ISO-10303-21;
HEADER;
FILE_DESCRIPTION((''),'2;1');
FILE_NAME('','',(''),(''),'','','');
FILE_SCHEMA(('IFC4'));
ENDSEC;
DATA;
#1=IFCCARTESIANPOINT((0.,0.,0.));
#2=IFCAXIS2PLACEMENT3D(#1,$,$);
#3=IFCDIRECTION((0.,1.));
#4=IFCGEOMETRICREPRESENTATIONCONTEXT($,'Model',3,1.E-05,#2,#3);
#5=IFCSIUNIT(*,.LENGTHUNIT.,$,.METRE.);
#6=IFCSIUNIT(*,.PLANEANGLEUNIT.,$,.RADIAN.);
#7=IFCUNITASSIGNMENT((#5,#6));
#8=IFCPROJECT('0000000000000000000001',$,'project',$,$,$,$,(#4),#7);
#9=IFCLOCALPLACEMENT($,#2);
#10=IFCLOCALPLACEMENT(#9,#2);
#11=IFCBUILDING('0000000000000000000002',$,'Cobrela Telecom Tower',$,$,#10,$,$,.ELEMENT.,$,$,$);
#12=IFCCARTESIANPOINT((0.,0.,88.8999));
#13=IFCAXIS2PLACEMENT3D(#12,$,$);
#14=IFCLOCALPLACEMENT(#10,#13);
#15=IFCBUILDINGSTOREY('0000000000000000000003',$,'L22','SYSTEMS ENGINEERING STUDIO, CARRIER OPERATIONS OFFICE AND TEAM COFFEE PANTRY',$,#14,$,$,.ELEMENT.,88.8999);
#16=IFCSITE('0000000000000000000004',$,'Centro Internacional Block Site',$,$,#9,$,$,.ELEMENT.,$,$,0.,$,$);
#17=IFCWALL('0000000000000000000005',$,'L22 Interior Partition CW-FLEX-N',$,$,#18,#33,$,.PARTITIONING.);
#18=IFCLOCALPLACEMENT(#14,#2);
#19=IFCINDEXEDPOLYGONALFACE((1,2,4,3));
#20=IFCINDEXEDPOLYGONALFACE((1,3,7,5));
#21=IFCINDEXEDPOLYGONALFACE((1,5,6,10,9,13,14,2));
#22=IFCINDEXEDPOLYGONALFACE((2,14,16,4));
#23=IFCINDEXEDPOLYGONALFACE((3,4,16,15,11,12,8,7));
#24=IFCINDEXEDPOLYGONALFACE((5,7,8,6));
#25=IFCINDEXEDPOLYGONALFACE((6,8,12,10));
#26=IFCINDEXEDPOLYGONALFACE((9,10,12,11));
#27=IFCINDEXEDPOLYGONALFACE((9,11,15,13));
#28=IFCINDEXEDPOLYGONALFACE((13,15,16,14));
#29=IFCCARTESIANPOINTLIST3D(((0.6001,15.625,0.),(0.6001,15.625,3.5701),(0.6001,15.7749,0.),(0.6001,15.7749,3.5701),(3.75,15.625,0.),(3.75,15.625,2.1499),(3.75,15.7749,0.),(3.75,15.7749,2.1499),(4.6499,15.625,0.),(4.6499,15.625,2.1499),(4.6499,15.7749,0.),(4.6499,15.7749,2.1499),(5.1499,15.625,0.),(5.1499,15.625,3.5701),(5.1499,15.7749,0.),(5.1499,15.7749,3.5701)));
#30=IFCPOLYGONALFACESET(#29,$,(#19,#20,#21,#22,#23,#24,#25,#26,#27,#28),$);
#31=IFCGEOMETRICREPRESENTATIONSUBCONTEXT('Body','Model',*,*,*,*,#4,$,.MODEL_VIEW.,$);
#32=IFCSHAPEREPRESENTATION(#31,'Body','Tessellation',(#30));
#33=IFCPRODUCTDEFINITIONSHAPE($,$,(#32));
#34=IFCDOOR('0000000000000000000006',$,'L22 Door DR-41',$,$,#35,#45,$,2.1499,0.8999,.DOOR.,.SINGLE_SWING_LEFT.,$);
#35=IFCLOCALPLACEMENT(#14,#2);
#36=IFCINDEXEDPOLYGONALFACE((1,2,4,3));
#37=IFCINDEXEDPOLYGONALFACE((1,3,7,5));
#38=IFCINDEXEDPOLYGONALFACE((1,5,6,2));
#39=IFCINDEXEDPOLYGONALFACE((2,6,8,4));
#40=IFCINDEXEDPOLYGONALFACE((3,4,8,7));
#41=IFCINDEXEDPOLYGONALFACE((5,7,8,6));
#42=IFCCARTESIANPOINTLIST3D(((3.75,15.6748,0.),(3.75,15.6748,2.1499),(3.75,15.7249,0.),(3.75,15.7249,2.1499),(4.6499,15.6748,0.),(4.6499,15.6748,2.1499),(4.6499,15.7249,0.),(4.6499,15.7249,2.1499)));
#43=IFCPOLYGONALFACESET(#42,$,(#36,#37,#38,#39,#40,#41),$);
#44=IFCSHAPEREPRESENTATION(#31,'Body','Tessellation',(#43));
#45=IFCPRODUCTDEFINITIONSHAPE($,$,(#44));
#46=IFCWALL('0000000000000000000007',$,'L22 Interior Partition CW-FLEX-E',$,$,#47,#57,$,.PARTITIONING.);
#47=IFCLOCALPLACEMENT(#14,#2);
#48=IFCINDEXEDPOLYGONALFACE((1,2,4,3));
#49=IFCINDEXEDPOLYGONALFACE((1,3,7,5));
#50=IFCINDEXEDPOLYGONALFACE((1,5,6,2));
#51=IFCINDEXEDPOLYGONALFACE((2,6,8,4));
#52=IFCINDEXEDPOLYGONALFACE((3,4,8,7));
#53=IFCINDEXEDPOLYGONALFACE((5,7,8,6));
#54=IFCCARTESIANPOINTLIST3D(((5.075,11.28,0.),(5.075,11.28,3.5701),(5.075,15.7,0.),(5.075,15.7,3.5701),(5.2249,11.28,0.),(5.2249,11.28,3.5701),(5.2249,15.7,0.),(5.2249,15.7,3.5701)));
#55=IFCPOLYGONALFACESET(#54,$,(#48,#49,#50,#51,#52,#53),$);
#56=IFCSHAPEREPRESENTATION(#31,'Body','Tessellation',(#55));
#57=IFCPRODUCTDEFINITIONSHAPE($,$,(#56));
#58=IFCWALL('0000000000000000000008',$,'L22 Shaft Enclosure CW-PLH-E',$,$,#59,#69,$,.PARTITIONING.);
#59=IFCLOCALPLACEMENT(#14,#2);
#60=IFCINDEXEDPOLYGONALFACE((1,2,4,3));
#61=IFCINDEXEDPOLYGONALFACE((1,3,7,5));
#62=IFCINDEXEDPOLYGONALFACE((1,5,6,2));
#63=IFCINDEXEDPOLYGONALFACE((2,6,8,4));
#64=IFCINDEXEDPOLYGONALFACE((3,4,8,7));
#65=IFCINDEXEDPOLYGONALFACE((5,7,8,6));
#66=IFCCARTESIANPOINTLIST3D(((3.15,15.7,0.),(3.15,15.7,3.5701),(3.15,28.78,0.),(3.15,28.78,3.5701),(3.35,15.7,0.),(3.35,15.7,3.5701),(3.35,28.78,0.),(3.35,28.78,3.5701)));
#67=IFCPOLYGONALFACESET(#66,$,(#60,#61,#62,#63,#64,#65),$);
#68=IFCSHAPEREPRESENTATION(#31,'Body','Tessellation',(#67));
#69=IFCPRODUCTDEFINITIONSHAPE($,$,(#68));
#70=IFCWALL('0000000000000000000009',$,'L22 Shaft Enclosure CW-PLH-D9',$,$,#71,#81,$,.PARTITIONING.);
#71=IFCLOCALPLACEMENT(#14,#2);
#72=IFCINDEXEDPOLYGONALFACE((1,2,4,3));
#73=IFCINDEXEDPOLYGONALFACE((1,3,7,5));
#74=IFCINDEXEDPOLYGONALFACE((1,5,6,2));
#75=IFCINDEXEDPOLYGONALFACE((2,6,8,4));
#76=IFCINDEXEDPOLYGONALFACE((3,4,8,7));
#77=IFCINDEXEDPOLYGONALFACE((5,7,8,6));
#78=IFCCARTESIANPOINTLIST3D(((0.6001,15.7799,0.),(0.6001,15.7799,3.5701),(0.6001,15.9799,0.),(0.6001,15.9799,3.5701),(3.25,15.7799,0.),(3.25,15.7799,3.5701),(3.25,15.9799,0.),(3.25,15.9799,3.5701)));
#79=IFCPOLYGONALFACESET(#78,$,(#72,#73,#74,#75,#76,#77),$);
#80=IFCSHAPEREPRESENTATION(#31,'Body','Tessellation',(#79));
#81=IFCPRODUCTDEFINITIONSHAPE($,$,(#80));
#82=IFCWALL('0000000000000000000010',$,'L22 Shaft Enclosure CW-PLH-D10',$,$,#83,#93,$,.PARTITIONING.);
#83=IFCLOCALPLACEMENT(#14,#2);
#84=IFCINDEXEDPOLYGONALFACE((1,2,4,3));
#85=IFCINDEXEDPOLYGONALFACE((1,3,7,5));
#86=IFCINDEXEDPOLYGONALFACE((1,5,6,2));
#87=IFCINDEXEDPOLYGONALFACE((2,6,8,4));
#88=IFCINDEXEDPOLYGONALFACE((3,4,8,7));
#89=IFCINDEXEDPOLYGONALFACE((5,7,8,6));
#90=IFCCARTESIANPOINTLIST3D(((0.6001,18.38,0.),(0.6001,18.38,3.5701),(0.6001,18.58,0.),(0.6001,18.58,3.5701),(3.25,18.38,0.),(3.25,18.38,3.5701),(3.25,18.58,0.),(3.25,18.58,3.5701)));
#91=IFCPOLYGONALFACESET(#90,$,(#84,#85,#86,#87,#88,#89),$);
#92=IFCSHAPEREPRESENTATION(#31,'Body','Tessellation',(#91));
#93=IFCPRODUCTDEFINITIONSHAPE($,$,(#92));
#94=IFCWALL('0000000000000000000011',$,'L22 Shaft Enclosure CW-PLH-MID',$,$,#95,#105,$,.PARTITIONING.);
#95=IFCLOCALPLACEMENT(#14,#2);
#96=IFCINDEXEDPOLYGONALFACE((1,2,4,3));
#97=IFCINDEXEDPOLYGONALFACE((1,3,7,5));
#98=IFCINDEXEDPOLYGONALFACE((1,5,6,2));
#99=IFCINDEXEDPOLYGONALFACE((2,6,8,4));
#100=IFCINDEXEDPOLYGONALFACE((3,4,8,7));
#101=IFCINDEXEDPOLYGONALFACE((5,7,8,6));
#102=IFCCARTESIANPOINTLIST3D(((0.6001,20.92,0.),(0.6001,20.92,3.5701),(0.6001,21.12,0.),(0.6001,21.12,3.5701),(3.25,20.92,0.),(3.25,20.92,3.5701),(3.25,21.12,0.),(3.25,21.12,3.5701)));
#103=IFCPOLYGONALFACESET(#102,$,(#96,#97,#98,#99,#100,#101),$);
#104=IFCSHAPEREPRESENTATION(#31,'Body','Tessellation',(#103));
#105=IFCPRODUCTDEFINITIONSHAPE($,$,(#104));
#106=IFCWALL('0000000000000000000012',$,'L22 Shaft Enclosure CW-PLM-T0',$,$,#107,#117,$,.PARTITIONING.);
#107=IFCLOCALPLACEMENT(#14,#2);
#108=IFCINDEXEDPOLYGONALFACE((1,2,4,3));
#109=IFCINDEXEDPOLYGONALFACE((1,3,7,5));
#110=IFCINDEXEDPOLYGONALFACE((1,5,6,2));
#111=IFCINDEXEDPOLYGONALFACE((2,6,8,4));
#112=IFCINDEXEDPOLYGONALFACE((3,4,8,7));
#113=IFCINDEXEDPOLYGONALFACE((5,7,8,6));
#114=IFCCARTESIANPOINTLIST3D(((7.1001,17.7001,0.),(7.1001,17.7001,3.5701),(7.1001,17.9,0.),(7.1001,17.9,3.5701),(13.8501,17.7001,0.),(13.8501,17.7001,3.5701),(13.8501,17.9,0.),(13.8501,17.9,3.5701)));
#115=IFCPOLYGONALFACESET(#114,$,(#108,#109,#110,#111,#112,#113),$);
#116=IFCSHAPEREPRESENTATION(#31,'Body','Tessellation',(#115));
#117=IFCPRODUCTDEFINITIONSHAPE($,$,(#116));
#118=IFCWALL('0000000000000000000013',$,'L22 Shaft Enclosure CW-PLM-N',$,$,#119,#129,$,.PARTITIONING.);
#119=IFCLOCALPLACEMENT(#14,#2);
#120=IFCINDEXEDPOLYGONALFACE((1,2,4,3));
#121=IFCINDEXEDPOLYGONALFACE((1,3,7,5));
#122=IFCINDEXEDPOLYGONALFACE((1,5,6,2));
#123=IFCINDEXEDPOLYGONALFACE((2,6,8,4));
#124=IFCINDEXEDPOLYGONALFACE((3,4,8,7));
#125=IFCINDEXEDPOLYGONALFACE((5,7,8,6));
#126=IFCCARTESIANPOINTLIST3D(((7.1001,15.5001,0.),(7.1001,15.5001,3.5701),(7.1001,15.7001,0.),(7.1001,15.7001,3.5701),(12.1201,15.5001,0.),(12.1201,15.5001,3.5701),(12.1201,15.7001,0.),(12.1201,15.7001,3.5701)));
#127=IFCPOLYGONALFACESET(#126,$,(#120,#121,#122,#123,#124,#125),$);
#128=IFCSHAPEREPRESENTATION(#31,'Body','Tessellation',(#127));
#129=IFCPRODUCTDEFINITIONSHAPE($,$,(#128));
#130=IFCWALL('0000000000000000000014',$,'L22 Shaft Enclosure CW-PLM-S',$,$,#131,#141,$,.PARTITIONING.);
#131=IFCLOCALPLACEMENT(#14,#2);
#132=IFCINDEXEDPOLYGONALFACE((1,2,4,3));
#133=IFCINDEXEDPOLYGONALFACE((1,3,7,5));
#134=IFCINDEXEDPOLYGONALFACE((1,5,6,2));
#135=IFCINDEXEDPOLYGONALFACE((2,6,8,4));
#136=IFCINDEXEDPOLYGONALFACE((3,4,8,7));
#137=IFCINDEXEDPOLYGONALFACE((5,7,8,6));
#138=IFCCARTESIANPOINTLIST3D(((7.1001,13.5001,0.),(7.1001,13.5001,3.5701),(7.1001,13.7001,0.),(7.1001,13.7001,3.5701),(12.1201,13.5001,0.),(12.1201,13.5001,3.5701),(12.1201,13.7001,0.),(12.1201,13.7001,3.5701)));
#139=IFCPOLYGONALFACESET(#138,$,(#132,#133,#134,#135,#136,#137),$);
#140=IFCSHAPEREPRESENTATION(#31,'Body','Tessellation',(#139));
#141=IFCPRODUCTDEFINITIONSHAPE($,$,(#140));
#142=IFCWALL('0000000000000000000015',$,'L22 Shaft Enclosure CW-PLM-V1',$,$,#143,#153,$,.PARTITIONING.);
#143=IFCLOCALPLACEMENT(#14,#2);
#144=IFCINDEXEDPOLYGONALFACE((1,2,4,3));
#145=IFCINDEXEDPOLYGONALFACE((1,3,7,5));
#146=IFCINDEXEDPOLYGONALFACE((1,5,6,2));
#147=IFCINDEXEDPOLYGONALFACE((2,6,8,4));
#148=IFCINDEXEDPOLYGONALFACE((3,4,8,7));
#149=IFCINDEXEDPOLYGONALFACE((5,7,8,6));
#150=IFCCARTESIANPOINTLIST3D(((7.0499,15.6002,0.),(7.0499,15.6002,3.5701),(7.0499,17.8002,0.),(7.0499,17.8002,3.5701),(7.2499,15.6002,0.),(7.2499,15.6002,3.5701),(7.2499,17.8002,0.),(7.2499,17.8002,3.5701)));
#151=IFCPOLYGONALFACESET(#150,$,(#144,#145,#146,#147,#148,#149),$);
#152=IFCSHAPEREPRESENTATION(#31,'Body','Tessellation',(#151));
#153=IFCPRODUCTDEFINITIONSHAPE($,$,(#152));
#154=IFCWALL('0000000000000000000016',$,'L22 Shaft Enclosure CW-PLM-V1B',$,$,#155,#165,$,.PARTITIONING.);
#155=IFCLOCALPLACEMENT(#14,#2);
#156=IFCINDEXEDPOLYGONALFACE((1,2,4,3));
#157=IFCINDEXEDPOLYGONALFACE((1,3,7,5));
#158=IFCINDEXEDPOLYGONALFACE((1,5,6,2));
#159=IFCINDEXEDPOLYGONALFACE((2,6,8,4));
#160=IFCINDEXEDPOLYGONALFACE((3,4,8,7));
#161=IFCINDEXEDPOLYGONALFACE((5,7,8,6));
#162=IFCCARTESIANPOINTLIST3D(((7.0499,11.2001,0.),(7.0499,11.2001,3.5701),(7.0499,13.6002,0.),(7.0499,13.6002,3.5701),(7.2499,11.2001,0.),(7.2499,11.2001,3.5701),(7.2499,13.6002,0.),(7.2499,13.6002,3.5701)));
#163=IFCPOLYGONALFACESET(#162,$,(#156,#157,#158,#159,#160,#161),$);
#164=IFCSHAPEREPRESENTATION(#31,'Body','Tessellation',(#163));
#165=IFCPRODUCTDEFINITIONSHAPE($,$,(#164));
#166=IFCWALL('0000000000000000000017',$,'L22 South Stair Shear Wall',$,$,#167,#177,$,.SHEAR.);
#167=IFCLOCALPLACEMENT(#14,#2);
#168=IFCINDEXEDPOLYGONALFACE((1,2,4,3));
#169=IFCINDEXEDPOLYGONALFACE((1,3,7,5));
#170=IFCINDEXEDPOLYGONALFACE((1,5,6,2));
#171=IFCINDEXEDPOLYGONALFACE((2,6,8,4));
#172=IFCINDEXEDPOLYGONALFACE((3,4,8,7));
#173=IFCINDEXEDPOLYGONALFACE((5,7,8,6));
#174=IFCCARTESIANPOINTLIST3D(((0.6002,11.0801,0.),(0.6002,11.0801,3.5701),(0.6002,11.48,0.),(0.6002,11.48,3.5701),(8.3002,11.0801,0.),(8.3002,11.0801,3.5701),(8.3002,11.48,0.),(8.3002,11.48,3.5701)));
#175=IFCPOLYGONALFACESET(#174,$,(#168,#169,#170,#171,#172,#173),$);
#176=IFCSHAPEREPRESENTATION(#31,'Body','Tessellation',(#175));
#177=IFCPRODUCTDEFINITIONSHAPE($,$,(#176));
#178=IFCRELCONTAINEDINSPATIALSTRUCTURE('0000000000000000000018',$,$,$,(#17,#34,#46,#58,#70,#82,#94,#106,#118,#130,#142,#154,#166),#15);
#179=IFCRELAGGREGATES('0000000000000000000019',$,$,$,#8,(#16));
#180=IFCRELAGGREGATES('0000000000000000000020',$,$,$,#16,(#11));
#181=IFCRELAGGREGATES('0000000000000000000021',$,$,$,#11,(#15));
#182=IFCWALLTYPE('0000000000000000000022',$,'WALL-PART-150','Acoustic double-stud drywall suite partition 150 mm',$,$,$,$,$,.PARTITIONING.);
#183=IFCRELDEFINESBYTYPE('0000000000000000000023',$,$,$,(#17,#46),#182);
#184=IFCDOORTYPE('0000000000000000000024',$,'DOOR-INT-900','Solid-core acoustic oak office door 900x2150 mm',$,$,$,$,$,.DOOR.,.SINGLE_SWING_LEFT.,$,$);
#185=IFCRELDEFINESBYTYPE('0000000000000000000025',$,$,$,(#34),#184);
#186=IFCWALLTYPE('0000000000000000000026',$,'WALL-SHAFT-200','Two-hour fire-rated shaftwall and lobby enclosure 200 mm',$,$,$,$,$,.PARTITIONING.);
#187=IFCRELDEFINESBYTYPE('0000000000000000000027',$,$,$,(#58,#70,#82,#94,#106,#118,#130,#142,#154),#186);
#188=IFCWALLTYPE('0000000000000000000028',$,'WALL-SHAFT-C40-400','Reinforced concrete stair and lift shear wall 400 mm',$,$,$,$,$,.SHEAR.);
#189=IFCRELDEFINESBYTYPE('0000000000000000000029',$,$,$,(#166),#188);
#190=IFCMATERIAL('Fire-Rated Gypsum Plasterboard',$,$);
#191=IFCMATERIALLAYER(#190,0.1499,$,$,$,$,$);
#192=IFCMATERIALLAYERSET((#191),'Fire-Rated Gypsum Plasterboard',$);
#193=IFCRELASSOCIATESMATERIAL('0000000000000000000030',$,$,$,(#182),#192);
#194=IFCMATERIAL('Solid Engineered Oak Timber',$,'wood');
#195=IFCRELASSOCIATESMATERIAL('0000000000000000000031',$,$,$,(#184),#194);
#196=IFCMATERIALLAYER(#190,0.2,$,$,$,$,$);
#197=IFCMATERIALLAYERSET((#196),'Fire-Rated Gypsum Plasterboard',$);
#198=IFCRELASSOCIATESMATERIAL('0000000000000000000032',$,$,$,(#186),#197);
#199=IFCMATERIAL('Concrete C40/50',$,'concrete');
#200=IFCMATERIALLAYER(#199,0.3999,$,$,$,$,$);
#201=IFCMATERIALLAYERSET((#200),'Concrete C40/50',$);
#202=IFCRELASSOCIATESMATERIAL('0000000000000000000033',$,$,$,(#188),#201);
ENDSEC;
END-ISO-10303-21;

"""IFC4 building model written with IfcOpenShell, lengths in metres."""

from ifc_helpers import new_model, si_unit, direction, frame, frame_2d, origin, place, context, subcontext, project, spatial, rectangle, extrude, material, layer, layer_set, type_object, element, fill, save


model = new_model("IFC4")

# Units and contexts
model_context = context("Model", 3, precision=1e-05, world=origin(), true_north=direction((0.0, 1.0)))
body_context = subcontext(model_context, "Body", "Model", "MODEL_VIEW")
ifc_project = project(units=[si_unit("LENGTHUNIT", "METRE"), si_unit("PLANEANGLEUNIT", "RADIAN")], contexts=[model_context])

# Site, building, storey
site_placement = place(None, origin())
site = spatial("IfcSite", under=ifc_project, at=site_placement, Name="Centro Internacional Block Site", CompositionType="ELEMENT", RefElevation=0.0)
building_placement = place(site_placement, origin())
building = spatial("IfcBuilding", under=site, at=building_placement, Name="Cobrela Telecom Tower", CompositionType="ELEMENT")
storey_placement = place(building_placement, frame((0.0, 0.0, 88.8999)))
storey = spatial("IfcBuildingStorey", under=building, at=storey_placement, Name="L22", Description="SYSTEMS ENGINEERING STUDIO, CARRIER OPERATIONS OFFICE AND TEAM COFFEE PANTRY", CompositionType="ELEMENT", Elevation=88.8999)

# Wall, opening, door
ifc_material_1 = material(Name="Fire-Rated Gypsum Plasterboard")
ifc_layer_1 = layer(ifc_material_1, 0.1499)
ifc_layer_set_1 = layer_set([ifc_layer_1], Name="Fire-Rated Gypsum Plasterboard")
wall_type_1 = type_object("IfcWallType", Name="WALL-PART-150", Description="Acoustic double-stud drywall suite partition 150 mm", PredefinedType="PARTITIONING", material=ifc_layer_set_1)
wall_1_placement = place(storey_placement, frame((0.6001, 15.7, 0.0), z_axis=(0.0, 0.0, 1.0), x_axis=(1.0, 0.0, 0.0)))
wall_1 = element("IfcWall", 1, at=wall_1_placement, inside=storey, type_object=wall_type_1, Name="L22 Interior Partition CW-FLEX-N", PredefinedType="PARTITIONING", context=body_context, shape_type="SweptSolid", body=[
    extrude(rectangle(XDim=4.5498, YDim=0.1499, at=frame_2d((2.2749, 0.0))), origin(), (0.0, 0.0, 1.0), 3.5701),
])
opening_placement = place(wall_1_placement, frame((3.1499, 0.0, 0.0)))
opening = element("IfcOpeningElement", 2, at=opening_placement, cuts=wall_1, PredefinedType="OPENING", context=body_context, shape_type="SweptSolid", body=[
    extrude(rectangle(XDim=0.8999, YDim=2.1499, at=frame_2d((0.45, 1.075))), frame((0.0, 0.0869, 0.0), z_axis=(0.0, -1.0, 0.0), x_axis=(1.0, 0.0, 0.0)), (0.0, 0.0, 1.0), 0.1738),
])
ifc_material_2 = material(Name="Solid Engineered Oak Timber", Category="wood")
door_type = type_object("IfcDoorType", Name="DOOR-INT-900", Description="Solid-core acoustic oak office door 900x2150 mm", OperationType="SINGLE_SWING_LEFT", PredefinedType="DOOR", material=ifc_material_2)
door_placement = place(opening_placement, origin())
door = element("IfcDoor", 3, at=door_placement, inside=storey, type_object=door_type, Name="L22 Door DR-41", OperationType="SINGLE_SWING_LEFT", OverallHeight=2.1499, OverallWidth=0.8999, PredefinedType="DOOR", context=body_context, shape_type="SweptSolid", body=[
    extrude(rectangle(XDim=0.8999, YDim=2.1499, at=frame_2d((0.45, 1.075))), frame((0.0, 0.0249, 0.0), z_axis=(0.0, -1.0, 0.0), x_axis=(1.0, 0.0, 0.0)), (0.0, 0.0, 1.0), 0.05),
])
fill(opening, door)

# Walls
wall_2_placement = place(storey_placement, frame((5.1499, 11.28, 0.0), z_axis=(0.0, 0.0, 1.0), x_axis=(0.0, 1.0, 0.0)))
element("IfcWall", 4, at=wall_2_placement, inside=storey, type_object=wall_type_1, Name="L22 Interior Partition CW-FLEX-E", PredefinedType="PARTITIONING", context=body_context, shape_type="SweptSolid", body=[
    extrude(rectangle(XDim=4.4199, YDim=0.1499, at=frame_2d((2.21, 0.0))), origin(), (0.0, 0.0, 1.0), 3.5701),
])
ifc_layer_2 = layer(ifc_material_1, 0.2)
ifc_layer_set_2 = layer_set([ifc_layer_2], Name="Fire-Rated Gypsum Plasterboard")
wall_type_2 = type_object("IfcWallType", Name="WALL-SHAFT-200", Description="Two-hour fire-rated shaftwall and lobby enclosure 200 mm", PredefinedType="PARTITIONING", material=ifc_layer_set_2)
wall_3_placement = place(storey_placement, frame((3.25, 15.7, 0.0), z_axis=(0.0, 0.0, 1.0), x_axis=(0.0, 1.0, 0.0)))
element("IfcWall", 5, at=wall_3_placement, inside=storey, type_object=wall_type_2, Name="L22 Shaft Enclosure CW-PLH-E", PredefinedType="PARTITIONING", context=body_context, shape_type="SweptSolid", body=[
    extrude(rectangle(XDim=13.0801, YDim=0.2, at=frame_2d((6.54, 0.0))), origin(), (0.0, 0.0, 1.0), 3.5701),
])
for number, where, z_axis, x_axis, name in (
    (6, (0.6001, 15.8799, 0.0), (0.0, 0.0, 1.0), (1.0, 0.0, 0.0), "L22 Shaft Enclosure CW-PLH-D9"),
    (7, (0.6001, 18.48, 0.0), (0.0, 0.0, 1.0), (1.0, 0.0, 0.0), "L22 Shaft Enclosure CW-PLH-D10"),
    (8, (0.6001, 21.02, 0.0), (0.0, 0.0, 1.0), (1.0, 0.0, 0.0), "L22 Shaft Enclosure CW-PLH-MID"),
):
    element("IfcWall", number, at=place(storey_placement, frame(where, z_axis=z_axis, x_axis=x_axis)), inside=storey, type_object=wall_type_2, Name=name, PredefinedType="PARTITIONING", context=body_context, shape_type="SweptSolid", body=[
        extrude(rectangle(XDim=2.6499, YDim=0.2, at=frame_2d((1.325, 0.0))), origin(), (0.0, 0.0, 1.0), 3.5701),
    ])
wall_4_placement = place(storey_placement, frame((7.1001, 17.8, 0.0), z_axis=(0.0, 0.0, 1.0), x_axis=(1.0, 0.0, 0.0)))
element("IfcWall", 9, at=wall_4_placement, inside=storey, type_object=wall_type_2, Name="L22 Shaft Enclosure CW-PLM-T0", PredefinedType="PARTITIONING", context=body_context, shape_type="SweptSolid", body=[
    extrude(rectangle(XDim=6.75, YDim=0.2, at=frame_2d((3.375, 0.0))), origin(), (0.0, 0.0, 1.0), 3.5701),
])
for number, where, z_axis, x_axis, name in (
    (10, (7.1001, 15.6001, 0.0), (0.0, 0.0, 1.0), (1.0, 0.0, 0.0), "L22 Shaft Enclosure CW-PLM-N"),
    (11, (7.1001, 13.6001, 0.0), (0.0, 0.0, 1.0), (1.0, 0.0, 0.0), "L22 Shaft Enclosure CW-PLM-S"),
):
    element("IfcWall", number, at=place(storey_placement, frame(where, z_axis=z_axis, x_axis=x_axis)), inside=storey, type_object=wall_type_2, Name=name, PredefinedType="PARTITIONING", context=body_context, shape_type="SweptSolid", body=[
        extrude(rectangle(XDim=5.02, YDim=0.2, at=frame_2d((2.51, 0.0))), origin(), (0.0, 0.0, 1.0), 3.5701),
    ])
wall_5_placement = place(storey_placement, frame((7.1499, 15.6001, 0.0), z_axis=(0.0, 0.0, 1.0), x_axis=(0.0, 1.0, 0.0)))
element("IfcWall", 12, at=wall_5_placement, inside=storey, type_object=wall_type_2, Name="L22 Shaft Enclosure CW-PLM-V1", PredefinedType="PARTITIONING", context=body_context, shape_type="SweptSolid", body=[
    extrude(rectangle(XDim=2.2, YDim=0.2, at=frame_2d((1.1001, 0.0))), origin(), (0.0, 0.0, 1.0), 3.5701),
])
wall_6_placement = place(storey_placement, frame((7.1499, 11.2, 0.0), z_axis=(0.0, 0.0, 1.0), x_axis=(0.0, 1.0, 0.0)))
element("IfcWall", 13, at=wall_6_placement, inside=storey, type_object=wall_type_2, Name="L22 Shaft Enclosure CW-PLM-V1B", PredefinedType="PARTITIONING", context=body_context, shape_type="SweptSolid", body=[
    extrude(rectangle(XDim=2.4001, YDim=0.2, at=frame_2d((1.2002, 0.0))), origin(), (0.0, 0.0, 1.0), 3.5701),
])
ifc_material_3 = material(Name="Concrete C40/50", Category="concrete")
ifc_layer_3 = layer(ifc_material_3, 0.3999)
ifc_layer_set_3 = layer_set([ifc_layer_3], Name="Concrete C40/50")
wall_type_3 = type_object("IfcWallType", Name="WALL-SHAFT-C40-400", Description="Reinforced concrete stair and lift shear wall 400 mm", PredefinedType="SHEAR", material=ifc_layer_set_3)
wall_7_placement = place(storey_placement, frame((0.6001, 11.28, 0.0), z_axis=(0.0, 0.0, 1.0), x_axis=(1.0, 0.0, 0.0)))
element("IfcWall", 14, at=wall_7_placement, inside=storey, type_object=wall_type_3, Name="L22 South Stair Shear Wall", PredefinedType="SHEAR", context=body_context, shape_type="SweptSolid", body=[
    extrude(rectangle(XDim=7.7, YDim=0.3999, at=frame_2d((3.8501, 0.0))), origin(), (0.0, 0.0, 1.0), 3.5701),
])

save(model, "model.ifc")
